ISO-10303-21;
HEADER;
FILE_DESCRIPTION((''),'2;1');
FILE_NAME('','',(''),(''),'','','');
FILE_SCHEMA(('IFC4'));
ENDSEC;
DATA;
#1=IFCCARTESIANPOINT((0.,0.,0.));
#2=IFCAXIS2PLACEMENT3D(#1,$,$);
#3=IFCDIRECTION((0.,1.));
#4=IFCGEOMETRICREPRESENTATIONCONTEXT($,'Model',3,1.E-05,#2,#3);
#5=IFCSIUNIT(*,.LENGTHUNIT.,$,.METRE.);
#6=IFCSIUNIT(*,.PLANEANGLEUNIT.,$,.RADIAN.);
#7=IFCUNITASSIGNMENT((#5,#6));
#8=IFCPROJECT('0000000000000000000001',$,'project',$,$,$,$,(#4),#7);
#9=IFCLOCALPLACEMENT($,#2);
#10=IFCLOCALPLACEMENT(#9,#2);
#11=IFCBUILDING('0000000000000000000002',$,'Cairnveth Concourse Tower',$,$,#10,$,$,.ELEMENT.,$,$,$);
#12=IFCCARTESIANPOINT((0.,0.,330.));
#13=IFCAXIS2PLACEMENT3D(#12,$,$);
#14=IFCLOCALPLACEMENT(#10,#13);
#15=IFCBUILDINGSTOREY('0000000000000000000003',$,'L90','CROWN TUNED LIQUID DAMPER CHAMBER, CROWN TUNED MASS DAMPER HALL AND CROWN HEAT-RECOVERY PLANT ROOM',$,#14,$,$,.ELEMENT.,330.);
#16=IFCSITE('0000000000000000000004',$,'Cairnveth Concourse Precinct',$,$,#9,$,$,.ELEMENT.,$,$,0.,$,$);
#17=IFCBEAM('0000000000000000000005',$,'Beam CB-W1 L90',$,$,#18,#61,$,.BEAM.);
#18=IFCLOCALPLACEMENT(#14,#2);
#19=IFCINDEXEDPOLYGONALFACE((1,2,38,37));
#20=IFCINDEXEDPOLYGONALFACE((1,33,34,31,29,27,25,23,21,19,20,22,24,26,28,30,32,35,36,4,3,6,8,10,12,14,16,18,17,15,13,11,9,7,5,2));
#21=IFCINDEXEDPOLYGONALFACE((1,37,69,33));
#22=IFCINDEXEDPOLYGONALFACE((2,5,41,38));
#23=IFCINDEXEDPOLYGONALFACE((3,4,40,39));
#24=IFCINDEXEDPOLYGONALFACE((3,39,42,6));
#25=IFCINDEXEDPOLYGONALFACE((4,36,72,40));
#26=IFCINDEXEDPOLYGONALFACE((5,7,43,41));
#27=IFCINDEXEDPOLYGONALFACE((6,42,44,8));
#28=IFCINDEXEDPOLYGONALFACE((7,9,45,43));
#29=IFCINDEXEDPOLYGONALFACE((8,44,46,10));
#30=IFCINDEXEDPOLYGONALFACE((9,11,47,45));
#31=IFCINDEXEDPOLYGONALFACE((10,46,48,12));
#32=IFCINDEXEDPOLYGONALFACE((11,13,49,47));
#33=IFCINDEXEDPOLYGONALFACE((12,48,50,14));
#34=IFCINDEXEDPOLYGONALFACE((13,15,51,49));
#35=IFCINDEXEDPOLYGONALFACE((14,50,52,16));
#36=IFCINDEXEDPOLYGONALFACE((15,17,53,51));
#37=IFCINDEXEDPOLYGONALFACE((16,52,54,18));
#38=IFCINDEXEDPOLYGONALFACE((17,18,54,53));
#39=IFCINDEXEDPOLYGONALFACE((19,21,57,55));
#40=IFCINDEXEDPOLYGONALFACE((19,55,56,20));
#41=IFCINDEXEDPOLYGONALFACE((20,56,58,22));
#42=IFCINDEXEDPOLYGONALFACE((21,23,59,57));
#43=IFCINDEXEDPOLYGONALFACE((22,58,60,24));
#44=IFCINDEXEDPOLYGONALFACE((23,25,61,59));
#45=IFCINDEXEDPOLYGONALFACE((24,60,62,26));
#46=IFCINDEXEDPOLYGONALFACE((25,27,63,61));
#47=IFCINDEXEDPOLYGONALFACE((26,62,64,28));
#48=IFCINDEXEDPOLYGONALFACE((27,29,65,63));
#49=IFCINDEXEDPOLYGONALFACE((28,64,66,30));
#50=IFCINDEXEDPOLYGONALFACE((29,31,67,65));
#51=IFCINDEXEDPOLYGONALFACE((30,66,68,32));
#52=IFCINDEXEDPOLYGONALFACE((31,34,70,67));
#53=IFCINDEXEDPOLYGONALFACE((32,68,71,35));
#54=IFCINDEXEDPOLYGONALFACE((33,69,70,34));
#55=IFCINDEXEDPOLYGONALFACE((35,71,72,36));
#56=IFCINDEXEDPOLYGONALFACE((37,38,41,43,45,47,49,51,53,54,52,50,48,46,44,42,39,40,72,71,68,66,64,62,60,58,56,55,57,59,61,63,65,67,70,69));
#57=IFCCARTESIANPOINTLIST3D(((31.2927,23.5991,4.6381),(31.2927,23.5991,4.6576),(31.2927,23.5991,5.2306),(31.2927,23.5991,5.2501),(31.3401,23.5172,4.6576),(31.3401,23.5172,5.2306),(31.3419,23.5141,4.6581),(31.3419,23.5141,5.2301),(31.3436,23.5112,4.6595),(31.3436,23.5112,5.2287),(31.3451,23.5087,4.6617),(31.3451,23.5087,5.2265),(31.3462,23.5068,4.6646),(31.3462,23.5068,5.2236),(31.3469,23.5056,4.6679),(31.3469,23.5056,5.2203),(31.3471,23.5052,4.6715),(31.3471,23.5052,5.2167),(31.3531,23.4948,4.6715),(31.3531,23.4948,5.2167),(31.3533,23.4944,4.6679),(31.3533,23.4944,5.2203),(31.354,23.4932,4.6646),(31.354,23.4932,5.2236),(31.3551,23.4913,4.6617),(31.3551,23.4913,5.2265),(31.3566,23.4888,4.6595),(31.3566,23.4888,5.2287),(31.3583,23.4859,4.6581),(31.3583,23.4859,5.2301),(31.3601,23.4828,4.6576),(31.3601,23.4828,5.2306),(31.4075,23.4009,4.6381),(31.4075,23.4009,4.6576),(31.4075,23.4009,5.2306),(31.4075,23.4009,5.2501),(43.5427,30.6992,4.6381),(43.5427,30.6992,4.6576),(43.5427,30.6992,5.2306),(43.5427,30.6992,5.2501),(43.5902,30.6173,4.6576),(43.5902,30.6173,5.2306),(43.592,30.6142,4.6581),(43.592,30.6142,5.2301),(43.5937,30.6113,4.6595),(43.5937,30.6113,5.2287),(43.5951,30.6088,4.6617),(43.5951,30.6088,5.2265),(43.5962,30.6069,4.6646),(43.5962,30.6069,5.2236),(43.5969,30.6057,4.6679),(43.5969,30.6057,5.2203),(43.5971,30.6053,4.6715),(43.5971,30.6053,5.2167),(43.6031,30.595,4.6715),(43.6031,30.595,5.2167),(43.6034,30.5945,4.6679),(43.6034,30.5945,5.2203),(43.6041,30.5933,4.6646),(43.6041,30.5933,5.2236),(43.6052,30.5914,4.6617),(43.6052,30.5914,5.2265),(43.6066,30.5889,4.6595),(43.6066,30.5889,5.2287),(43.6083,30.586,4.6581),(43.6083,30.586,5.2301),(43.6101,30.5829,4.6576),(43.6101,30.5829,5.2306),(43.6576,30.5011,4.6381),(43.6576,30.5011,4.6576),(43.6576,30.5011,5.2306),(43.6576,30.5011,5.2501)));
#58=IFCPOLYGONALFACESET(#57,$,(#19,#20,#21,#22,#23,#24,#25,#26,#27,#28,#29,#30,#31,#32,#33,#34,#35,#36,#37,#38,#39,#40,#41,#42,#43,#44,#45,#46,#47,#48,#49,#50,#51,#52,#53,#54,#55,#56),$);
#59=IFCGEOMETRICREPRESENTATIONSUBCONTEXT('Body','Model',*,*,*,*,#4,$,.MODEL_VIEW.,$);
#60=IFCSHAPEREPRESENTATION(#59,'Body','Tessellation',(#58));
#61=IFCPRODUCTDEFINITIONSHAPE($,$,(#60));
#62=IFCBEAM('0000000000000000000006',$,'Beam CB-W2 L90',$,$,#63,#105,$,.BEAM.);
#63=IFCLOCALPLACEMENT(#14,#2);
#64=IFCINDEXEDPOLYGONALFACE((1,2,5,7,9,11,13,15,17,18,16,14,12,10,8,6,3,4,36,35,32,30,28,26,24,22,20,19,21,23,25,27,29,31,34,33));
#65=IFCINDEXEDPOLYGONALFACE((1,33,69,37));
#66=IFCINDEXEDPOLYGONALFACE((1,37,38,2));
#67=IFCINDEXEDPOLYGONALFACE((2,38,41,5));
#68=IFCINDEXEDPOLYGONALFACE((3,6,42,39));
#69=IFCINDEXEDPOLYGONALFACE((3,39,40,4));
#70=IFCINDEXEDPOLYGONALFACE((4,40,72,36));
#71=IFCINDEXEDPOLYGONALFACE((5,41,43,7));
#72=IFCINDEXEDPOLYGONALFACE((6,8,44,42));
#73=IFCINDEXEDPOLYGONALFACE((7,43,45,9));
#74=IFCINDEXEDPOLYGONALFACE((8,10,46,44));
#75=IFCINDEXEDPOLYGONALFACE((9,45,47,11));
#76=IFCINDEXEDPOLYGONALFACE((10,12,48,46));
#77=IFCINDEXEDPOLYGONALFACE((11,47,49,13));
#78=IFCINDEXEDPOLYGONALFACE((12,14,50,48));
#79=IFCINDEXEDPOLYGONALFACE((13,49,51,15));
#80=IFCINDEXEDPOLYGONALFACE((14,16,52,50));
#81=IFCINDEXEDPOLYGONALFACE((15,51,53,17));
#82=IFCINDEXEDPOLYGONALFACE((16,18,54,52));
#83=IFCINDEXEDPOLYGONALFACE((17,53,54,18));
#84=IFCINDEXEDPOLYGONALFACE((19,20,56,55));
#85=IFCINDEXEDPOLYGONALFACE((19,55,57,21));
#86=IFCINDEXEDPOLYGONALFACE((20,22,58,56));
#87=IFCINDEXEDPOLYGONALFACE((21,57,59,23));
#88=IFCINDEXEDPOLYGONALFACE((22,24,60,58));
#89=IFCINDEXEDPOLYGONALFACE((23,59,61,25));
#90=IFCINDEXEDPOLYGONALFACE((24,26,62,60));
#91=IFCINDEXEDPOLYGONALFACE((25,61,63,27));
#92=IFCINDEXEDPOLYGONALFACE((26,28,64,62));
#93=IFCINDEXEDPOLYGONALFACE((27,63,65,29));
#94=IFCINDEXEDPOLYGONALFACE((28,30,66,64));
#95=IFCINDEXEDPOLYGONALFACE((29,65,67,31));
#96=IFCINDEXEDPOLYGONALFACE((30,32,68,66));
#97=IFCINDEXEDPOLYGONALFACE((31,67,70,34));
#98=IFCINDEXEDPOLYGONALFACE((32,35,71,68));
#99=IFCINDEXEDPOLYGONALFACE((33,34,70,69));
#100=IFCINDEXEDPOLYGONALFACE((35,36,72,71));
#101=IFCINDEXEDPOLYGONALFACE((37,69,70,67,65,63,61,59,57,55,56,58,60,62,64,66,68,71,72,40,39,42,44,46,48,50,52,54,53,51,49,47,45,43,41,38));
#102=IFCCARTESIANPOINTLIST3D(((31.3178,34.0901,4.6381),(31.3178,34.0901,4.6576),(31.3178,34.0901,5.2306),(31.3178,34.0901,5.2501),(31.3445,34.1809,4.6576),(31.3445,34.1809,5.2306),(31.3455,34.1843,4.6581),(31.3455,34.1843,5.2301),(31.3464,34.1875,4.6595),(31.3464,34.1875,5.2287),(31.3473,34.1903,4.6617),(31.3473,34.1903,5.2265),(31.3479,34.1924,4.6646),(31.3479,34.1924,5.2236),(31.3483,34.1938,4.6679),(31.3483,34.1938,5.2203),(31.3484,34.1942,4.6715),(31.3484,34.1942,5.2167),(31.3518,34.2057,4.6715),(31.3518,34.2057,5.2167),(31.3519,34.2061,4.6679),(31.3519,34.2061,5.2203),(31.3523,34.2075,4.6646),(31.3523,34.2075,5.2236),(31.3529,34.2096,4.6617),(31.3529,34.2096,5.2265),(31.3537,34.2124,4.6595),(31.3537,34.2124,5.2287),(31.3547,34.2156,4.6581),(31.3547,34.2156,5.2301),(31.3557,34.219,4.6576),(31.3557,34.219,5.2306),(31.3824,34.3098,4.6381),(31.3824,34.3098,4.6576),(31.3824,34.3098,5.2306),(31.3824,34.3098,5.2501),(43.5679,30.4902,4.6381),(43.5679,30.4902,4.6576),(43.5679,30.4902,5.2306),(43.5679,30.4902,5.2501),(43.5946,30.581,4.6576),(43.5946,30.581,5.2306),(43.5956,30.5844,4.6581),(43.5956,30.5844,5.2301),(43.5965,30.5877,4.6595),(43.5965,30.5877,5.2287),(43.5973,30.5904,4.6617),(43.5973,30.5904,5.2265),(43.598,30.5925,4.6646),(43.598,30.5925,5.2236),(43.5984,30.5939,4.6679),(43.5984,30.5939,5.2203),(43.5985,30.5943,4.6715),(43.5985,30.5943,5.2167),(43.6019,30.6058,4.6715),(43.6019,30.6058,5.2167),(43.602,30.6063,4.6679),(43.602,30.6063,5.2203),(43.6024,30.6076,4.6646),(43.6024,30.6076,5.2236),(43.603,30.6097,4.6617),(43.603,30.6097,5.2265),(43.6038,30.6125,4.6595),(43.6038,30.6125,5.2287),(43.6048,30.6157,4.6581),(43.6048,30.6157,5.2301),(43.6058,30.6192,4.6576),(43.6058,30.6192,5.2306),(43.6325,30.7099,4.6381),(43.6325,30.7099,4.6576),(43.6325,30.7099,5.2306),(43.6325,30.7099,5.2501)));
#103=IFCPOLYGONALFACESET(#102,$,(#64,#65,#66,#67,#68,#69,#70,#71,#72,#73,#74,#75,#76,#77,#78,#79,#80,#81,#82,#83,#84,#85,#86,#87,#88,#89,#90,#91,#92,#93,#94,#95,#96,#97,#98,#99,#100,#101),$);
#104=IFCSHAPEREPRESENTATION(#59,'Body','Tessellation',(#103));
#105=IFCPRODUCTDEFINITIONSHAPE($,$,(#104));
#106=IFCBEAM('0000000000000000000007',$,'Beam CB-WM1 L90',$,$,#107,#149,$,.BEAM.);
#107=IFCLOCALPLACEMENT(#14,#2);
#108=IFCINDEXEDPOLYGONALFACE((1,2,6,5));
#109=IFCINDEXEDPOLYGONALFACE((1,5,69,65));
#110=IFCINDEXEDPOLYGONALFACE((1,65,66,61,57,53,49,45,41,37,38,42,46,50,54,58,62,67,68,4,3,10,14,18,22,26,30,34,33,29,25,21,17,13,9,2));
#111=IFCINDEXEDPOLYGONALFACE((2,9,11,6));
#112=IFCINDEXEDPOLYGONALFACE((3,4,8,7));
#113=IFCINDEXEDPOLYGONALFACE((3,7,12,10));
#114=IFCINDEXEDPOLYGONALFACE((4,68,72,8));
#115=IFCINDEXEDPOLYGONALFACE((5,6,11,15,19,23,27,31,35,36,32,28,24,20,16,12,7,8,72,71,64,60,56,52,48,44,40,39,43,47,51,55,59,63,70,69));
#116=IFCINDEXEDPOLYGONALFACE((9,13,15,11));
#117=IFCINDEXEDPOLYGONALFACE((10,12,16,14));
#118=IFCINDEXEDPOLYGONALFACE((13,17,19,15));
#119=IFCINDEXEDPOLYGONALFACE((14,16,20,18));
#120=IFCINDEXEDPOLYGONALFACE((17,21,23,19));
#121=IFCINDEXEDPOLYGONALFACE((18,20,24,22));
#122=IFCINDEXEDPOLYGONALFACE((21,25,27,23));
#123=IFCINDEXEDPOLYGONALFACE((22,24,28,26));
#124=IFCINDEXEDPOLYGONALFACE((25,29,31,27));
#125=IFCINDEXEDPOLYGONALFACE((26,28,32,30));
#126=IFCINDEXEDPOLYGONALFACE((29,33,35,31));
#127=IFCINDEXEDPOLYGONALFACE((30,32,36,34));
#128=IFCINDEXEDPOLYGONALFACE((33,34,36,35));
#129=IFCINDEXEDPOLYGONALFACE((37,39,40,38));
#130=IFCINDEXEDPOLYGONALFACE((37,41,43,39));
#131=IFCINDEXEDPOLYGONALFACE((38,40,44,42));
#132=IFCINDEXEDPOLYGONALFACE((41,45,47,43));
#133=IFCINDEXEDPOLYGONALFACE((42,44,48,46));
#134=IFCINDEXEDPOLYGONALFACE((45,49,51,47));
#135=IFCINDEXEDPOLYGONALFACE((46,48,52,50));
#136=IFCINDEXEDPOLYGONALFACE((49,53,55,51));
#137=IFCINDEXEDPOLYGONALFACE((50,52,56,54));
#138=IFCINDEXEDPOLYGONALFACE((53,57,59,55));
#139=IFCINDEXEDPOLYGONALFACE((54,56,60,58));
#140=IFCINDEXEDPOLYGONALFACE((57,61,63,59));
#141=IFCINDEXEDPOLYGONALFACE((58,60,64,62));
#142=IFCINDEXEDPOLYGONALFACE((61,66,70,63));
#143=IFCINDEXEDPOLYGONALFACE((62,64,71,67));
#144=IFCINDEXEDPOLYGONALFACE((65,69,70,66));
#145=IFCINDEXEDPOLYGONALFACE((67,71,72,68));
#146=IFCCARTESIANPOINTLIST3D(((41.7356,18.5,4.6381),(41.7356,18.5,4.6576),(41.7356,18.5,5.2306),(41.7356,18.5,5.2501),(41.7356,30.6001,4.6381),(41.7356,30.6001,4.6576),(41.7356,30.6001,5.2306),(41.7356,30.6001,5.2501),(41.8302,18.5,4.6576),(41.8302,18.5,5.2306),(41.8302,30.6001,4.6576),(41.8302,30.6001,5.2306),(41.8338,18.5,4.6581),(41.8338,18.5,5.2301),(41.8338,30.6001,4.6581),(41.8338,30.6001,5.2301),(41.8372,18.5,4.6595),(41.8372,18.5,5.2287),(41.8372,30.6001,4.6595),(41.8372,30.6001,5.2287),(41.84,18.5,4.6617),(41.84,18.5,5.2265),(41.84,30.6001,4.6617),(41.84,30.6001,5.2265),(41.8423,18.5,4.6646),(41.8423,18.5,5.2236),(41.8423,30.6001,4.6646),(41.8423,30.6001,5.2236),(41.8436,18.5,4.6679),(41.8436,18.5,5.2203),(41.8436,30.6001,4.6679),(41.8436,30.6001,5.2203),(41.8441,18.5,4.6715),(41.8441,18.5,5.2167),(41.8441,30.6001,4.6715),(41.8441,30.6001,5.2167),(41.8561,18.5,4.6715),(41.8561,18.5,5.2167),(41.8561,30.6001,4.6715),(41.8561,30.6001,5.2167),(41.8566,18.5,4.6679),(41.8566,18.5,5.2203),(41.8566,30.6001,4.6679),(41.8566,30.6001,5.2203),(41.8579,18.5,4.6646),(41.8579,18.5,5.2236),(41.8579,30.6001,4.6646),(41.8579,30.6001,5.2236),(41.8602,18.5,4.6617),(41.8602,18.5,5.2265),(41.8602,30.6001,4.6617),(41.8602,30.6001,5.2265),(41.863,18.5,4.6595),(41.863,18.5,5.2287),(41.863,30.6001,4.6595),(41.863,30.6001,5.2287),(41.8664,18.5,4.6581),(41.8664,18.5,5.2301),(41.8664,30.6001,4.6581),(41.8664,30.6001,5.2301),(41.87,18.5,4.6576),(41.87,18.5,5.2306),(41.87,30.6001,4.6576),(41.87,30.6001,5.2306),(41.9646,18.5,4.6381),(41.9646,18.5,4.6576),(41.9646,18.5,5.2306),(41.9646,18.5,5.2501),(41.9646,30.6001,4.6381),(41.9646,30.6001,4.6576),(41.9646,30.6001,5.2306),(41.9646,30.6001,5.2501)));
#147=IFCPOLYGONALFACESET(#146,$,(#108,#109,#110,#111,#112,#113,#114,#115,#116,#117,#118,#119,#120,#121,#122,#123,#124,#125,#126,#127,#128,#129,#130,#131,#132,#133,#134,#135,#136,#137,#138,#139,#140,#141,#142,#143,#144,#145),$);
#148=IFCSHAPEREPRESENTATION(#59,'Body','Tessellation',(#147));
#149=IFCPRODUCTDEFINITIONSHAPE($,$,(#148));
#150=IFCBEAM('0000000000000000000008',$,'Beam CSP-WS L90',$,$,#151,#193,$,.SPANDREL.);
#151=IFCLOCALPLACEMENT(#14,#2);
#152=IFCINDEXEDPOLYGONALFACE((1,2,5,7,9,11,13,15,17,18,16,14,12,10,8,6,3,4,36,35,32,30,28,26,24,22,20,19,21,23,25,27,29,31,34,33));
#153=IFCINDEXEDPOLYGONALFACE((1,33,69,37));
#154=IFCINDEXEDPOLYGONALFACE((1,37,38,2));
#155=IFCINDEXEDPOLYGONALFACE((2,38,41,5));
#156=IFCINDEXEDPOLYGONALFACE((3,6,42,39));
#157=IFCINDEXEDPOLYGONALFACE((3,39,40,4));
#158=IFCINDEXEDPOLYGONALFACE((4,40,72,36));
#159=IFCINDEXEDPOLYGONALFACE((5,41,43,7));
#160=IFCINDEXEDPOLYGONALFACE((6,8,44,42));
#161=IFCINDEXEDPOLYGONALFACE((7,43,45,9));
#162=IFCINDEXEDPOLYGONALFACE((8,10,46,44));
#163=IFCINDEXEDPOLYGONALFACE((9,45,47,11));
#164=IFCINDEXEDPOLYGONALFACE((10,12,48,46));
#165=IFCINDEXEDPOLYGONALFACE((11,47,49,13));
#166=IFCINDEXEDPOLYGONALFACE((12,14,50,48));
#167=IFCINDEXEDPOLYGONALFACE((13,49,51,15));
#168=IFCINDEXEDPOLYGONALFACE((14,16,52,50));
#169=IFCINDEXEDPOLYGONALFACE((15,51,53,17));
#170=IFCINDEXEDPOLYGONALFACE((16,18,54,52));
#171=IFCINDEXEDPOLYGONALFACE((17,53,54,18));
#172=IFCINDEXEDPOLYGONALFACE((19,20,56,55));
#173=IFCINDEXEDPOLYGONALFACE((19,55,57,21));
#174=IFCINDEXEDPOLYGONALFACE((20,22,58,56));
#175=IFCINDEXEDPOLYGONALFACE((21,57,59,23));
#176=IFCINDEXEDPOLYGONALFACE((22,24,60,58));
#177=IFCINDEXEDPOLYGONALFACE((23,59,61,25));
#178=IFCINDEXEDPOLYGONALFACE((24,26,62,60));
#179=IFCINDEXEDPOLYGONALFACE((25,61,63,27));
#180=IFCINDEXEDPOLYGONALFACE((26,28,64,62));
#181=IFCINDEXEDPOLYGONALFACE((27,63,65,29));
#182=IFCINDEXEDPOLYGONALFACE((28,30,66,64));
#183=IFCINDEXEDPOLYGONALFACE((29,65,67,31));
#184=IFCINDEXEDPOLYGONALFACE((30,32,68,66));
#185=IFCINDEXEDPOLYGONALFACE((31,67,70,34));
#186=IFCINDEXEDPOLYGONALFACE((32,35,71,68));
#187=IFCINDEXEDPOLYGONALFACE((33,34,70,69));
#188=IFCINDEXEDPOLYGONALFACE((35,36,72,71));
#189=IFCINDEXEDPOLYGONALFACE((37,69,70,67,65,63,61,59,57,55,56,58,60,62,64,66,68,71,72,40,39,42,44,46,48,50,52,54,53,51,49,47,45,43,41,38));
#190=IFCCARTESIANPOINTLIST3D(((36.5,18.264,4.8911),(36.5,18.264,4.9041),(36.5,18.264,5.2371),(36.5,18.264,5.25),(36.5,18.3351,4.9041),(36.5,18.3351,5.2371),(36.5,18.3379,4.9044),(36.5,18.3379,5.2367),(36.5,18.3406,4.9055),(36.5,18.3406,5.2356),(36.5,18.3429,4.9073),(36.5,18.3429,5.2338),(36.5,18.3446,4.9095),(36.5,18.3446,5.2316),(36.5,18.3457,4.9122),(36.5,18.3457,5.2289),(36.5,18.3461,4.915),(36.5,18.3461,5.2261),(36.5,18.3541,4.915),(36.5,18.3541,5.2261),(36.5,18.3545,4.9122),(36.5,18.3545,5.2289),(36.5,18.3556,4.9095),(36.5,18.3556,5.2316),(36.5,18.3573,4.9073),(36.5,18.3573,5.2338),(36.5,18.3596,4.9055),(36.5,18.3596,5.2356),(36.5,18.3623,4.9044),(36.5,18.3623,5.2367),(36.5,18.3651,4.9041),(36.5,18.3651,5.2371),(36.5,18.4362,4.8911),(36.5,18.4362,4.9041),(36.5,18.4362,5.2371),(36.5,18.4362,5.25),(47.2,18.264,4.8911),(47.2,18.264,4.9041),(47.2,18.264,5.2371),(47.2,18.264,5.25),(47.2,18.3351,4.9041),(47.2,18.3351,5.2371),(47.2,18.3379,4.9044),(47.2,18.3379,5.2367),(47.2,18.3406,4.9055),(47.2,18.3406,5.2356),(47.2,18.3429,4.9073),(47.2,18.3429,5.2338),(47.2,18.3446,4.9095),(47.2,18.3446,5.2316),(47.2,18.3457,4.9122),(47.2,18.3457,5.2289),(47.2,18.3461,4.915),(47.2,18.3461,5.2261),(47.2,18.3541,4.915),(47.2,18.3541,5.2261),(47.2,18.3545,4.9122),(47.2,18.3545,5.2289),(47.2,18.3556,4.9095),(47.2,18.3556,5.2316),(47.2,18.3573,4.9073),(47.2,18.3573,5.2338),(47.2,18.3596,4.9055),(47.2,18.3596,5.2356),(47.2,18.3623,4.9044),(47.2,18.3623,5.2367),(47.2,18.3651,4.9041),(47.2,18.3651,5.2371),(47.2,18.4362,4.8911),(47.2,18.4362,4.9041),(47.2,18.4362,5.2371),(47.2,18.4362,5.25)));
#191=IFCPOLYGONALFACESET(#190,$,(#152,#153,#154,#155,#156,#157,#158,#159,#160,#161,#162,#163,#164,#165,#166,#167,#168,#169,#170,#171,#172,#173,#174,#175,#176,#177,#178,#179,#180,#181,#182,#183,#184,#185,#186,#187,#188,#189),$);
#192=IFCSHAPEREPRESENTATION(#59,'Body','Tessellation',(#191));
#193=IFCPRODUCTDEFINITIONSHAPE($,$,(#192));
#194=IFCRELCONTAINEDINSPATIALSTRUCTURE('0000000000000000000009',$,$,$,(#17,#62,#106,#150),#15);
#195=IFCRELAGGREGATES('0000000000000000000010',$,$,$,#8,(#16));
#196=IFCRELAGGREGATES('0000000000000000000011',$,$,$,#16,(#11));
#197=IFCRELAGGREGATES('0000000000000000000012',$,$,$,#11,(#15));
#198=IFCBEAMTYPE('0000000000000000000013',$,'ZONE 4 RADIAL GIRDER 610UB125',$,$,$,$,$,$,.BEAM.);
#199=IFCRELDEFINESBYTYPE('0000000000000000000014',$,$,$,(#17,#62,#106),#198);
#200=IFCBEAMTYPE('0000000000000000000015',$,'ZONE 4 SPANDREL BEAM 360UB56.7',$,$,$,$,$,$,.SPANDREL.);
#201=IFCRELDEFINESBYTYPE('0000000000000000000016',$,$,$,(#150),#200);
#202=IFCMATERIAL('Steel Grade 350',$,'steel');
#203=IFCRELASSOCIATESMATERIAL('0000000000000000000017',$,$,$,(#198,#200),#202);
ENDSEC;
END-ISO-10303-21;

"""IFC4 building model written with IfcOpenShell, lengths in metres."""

from ifc_helpers import new_model, si_unit, direction, frame, origin, origin_2d, place, context, subcontext, project, spatial, i_section, extrude, material, material_profile, profile_set, type_object, element, save


model = new_model("IFC4")

# Units and contexts
model_context = context("Model", 3, precision=1e-05, world=origin(), true_north=direction((0.0, 1.0)))
body_context = subcontext(model_context, "Body", "Model", "MODEL_VIEW")
ifc_project = project(units=[si_unit("LENGTHUNIT", "METRE"), si_unit("PLANEANGLEUNIT", "RADIAN")], contexts=[model_context])

# Site, building, storey
site_placement = place(None, origin())
site = spatial("IfcSite", under=ifc_project, at=site_placement, Name="Cairnveth Concourse Precinct", CompositionType="ELEMENT", RefElevation=0.0)
building_placement = place(site_placement, origin())
building = spatial("IfcBuilding", under=site, at=building_placement, Name="Cairnveth Concourse Tower", CompositionType="ELEMENT")
storey_placement = place(building_placement, frame((0.0, 0.0, 330.0)))
storey = spatial("IfcBuildingStorey", under=building, at=storey_placement, Name="L90", Description="CROWN TUNED LIQUID DAMPER CHAMBER, CROWN TUNED MASS DAMPER HALL AND CROWN HEAT-RECOVERY PLANT ROOM", CompositionType="ELEMENT", Elevation=330.0)

# Shared definitions
ifc_material_1 = material(Name="Steel Grade 350", Category="steel")

# Beams
ifc_material_profile_1 = material_profile(ifc_material_1, i_section(OverallWidth=0.229, OverallDepth=0.6121, WebThickness=0.012, FlangeThickness=0.0195, FilletRadius=0.0139, at=origin_2d()), Name="610UB125")
ifc_profile_set_1 = profile_set([ifc_material_profile_1], Name="Steel Grade 350")
beam_type_1 = type_object("IfcBeamType", Name="ZONE 4 RADIAL GIRDER 610UB125", PredefinedType="BEAM", material=ifc_profile_set_1)
beam_1_placement = place(storey_placement, frame((31.3501, 23.5, 4.9441), z_axis=(0.865181, 0.501459, 0.0), x_axis=(-0.501459, 0.865181, 0.0)))
element("IfcBeam", 1, at=beam_1_placement, inside=storey, type_object=beam_type_1, Name="Beam CB-W1 L90", PredefinedType="BEAM", context=body_context, shape_type="SweptSolid", body=[
    extrude(i_section(OverallWidth=0.229, OverallDepth=0.6121, WebThickness=0.012, FlangeThickness=0.0195, FilletRadius=0.0139, at=origin_2d()), origin(), (0.0, 0.0, 1.0), 14.1589),
])
beam_2_placement = place(storey_placement, frame((31.3501, 34.2, 4.9441), z_axis=(0.959431, -0.281944, 0.0), x_axis=(0.281944, 0.959431, 0.0)))
element("IfcBeam", 2, at=beam_2_placement, inside=storey, type_object=beam_type_1, Name="Beam CB-W2 L90", PredefinedType="BEAM", context=body_context, shape_type="SweptSolid", body=[
    extrude(i_section(OverallWidth=0.229, OverallDepth=0.6121, WebThickness=0.012, FlangeThickness=0.0195, FilletRadius=0.0139, at=origin_2d()), origin(), (0.0, 0.0, 1.0), 12.7681),
])
beam_3_placement = place(storey_placement, frame((41.8501, 18.5, 4.9441), z_axis=(0.0, 1.0, 0.0), x_axis=(-1.0, 0.0, 0.0)))
element("IfcBeam", 3, at=beam_3_placement, inside=storey, type_object=beam_type_1, Name="Beam CB-WM1 L90", PredefinedType="BEAM", context=body_context, shape_type="SweptSolid", body=[
    extrude(i_section(OverallWidth=0.229, OverallDepth=0.6121, WebThickness=0.012, FlangeThickness=0.0195, FilletRadius=0.0139, at=origin_2d()), origin(), (0.0, 0.0, 1.0), 12.1001),
])
ifc_material_profile_2 = material_profile(ifc_material_1, i_section(OverallWidth=0.1721, OverallDepth=0.3589, WebThickness=0.0081, FlangeThickness=0.0129, FilletRadius=0.011, at=origin_2d()), Name="360UB56.7")
ifc_profile_set_2 = profile_set([ifc_material_profile_2], Name="Steel Grade 350")
beam_type_2 = type_object("IfcBeamType", Name="ZONE 4 SPANDREL BEAM 360UB56.7", PredefinedType="SPANDREL", material=ifc_profile_set_2)
for number, where, z_axis, x_axis, name in (
    (4, (36.5, 18.3501, 5.0706), (1.0, 0.0, 0.0), (0.0, 1.0, 0.0), "Beam CSP-WS L90"),
):
    element("IfcBeam", number, at=place(storey_placement, frame(where, z_axis=z_axis, x_axis=x_axis)), inside=storey, type_object=beam_type_2, Name=name, PredefinedType="SPANDREL", context=body_context, shape_type="SweptSolid", body=[
        extrude(i_section(OverallWidth=0.1721, OverallDepth=0.3589, WebThickness=0.0081, FlangeThickness=0.0129, FilletRadius=0.011, at=origin_2d()), origin(), (0.0, 0.0, 1.0), 10.7),
    ])

save(model, "model.ifc")
